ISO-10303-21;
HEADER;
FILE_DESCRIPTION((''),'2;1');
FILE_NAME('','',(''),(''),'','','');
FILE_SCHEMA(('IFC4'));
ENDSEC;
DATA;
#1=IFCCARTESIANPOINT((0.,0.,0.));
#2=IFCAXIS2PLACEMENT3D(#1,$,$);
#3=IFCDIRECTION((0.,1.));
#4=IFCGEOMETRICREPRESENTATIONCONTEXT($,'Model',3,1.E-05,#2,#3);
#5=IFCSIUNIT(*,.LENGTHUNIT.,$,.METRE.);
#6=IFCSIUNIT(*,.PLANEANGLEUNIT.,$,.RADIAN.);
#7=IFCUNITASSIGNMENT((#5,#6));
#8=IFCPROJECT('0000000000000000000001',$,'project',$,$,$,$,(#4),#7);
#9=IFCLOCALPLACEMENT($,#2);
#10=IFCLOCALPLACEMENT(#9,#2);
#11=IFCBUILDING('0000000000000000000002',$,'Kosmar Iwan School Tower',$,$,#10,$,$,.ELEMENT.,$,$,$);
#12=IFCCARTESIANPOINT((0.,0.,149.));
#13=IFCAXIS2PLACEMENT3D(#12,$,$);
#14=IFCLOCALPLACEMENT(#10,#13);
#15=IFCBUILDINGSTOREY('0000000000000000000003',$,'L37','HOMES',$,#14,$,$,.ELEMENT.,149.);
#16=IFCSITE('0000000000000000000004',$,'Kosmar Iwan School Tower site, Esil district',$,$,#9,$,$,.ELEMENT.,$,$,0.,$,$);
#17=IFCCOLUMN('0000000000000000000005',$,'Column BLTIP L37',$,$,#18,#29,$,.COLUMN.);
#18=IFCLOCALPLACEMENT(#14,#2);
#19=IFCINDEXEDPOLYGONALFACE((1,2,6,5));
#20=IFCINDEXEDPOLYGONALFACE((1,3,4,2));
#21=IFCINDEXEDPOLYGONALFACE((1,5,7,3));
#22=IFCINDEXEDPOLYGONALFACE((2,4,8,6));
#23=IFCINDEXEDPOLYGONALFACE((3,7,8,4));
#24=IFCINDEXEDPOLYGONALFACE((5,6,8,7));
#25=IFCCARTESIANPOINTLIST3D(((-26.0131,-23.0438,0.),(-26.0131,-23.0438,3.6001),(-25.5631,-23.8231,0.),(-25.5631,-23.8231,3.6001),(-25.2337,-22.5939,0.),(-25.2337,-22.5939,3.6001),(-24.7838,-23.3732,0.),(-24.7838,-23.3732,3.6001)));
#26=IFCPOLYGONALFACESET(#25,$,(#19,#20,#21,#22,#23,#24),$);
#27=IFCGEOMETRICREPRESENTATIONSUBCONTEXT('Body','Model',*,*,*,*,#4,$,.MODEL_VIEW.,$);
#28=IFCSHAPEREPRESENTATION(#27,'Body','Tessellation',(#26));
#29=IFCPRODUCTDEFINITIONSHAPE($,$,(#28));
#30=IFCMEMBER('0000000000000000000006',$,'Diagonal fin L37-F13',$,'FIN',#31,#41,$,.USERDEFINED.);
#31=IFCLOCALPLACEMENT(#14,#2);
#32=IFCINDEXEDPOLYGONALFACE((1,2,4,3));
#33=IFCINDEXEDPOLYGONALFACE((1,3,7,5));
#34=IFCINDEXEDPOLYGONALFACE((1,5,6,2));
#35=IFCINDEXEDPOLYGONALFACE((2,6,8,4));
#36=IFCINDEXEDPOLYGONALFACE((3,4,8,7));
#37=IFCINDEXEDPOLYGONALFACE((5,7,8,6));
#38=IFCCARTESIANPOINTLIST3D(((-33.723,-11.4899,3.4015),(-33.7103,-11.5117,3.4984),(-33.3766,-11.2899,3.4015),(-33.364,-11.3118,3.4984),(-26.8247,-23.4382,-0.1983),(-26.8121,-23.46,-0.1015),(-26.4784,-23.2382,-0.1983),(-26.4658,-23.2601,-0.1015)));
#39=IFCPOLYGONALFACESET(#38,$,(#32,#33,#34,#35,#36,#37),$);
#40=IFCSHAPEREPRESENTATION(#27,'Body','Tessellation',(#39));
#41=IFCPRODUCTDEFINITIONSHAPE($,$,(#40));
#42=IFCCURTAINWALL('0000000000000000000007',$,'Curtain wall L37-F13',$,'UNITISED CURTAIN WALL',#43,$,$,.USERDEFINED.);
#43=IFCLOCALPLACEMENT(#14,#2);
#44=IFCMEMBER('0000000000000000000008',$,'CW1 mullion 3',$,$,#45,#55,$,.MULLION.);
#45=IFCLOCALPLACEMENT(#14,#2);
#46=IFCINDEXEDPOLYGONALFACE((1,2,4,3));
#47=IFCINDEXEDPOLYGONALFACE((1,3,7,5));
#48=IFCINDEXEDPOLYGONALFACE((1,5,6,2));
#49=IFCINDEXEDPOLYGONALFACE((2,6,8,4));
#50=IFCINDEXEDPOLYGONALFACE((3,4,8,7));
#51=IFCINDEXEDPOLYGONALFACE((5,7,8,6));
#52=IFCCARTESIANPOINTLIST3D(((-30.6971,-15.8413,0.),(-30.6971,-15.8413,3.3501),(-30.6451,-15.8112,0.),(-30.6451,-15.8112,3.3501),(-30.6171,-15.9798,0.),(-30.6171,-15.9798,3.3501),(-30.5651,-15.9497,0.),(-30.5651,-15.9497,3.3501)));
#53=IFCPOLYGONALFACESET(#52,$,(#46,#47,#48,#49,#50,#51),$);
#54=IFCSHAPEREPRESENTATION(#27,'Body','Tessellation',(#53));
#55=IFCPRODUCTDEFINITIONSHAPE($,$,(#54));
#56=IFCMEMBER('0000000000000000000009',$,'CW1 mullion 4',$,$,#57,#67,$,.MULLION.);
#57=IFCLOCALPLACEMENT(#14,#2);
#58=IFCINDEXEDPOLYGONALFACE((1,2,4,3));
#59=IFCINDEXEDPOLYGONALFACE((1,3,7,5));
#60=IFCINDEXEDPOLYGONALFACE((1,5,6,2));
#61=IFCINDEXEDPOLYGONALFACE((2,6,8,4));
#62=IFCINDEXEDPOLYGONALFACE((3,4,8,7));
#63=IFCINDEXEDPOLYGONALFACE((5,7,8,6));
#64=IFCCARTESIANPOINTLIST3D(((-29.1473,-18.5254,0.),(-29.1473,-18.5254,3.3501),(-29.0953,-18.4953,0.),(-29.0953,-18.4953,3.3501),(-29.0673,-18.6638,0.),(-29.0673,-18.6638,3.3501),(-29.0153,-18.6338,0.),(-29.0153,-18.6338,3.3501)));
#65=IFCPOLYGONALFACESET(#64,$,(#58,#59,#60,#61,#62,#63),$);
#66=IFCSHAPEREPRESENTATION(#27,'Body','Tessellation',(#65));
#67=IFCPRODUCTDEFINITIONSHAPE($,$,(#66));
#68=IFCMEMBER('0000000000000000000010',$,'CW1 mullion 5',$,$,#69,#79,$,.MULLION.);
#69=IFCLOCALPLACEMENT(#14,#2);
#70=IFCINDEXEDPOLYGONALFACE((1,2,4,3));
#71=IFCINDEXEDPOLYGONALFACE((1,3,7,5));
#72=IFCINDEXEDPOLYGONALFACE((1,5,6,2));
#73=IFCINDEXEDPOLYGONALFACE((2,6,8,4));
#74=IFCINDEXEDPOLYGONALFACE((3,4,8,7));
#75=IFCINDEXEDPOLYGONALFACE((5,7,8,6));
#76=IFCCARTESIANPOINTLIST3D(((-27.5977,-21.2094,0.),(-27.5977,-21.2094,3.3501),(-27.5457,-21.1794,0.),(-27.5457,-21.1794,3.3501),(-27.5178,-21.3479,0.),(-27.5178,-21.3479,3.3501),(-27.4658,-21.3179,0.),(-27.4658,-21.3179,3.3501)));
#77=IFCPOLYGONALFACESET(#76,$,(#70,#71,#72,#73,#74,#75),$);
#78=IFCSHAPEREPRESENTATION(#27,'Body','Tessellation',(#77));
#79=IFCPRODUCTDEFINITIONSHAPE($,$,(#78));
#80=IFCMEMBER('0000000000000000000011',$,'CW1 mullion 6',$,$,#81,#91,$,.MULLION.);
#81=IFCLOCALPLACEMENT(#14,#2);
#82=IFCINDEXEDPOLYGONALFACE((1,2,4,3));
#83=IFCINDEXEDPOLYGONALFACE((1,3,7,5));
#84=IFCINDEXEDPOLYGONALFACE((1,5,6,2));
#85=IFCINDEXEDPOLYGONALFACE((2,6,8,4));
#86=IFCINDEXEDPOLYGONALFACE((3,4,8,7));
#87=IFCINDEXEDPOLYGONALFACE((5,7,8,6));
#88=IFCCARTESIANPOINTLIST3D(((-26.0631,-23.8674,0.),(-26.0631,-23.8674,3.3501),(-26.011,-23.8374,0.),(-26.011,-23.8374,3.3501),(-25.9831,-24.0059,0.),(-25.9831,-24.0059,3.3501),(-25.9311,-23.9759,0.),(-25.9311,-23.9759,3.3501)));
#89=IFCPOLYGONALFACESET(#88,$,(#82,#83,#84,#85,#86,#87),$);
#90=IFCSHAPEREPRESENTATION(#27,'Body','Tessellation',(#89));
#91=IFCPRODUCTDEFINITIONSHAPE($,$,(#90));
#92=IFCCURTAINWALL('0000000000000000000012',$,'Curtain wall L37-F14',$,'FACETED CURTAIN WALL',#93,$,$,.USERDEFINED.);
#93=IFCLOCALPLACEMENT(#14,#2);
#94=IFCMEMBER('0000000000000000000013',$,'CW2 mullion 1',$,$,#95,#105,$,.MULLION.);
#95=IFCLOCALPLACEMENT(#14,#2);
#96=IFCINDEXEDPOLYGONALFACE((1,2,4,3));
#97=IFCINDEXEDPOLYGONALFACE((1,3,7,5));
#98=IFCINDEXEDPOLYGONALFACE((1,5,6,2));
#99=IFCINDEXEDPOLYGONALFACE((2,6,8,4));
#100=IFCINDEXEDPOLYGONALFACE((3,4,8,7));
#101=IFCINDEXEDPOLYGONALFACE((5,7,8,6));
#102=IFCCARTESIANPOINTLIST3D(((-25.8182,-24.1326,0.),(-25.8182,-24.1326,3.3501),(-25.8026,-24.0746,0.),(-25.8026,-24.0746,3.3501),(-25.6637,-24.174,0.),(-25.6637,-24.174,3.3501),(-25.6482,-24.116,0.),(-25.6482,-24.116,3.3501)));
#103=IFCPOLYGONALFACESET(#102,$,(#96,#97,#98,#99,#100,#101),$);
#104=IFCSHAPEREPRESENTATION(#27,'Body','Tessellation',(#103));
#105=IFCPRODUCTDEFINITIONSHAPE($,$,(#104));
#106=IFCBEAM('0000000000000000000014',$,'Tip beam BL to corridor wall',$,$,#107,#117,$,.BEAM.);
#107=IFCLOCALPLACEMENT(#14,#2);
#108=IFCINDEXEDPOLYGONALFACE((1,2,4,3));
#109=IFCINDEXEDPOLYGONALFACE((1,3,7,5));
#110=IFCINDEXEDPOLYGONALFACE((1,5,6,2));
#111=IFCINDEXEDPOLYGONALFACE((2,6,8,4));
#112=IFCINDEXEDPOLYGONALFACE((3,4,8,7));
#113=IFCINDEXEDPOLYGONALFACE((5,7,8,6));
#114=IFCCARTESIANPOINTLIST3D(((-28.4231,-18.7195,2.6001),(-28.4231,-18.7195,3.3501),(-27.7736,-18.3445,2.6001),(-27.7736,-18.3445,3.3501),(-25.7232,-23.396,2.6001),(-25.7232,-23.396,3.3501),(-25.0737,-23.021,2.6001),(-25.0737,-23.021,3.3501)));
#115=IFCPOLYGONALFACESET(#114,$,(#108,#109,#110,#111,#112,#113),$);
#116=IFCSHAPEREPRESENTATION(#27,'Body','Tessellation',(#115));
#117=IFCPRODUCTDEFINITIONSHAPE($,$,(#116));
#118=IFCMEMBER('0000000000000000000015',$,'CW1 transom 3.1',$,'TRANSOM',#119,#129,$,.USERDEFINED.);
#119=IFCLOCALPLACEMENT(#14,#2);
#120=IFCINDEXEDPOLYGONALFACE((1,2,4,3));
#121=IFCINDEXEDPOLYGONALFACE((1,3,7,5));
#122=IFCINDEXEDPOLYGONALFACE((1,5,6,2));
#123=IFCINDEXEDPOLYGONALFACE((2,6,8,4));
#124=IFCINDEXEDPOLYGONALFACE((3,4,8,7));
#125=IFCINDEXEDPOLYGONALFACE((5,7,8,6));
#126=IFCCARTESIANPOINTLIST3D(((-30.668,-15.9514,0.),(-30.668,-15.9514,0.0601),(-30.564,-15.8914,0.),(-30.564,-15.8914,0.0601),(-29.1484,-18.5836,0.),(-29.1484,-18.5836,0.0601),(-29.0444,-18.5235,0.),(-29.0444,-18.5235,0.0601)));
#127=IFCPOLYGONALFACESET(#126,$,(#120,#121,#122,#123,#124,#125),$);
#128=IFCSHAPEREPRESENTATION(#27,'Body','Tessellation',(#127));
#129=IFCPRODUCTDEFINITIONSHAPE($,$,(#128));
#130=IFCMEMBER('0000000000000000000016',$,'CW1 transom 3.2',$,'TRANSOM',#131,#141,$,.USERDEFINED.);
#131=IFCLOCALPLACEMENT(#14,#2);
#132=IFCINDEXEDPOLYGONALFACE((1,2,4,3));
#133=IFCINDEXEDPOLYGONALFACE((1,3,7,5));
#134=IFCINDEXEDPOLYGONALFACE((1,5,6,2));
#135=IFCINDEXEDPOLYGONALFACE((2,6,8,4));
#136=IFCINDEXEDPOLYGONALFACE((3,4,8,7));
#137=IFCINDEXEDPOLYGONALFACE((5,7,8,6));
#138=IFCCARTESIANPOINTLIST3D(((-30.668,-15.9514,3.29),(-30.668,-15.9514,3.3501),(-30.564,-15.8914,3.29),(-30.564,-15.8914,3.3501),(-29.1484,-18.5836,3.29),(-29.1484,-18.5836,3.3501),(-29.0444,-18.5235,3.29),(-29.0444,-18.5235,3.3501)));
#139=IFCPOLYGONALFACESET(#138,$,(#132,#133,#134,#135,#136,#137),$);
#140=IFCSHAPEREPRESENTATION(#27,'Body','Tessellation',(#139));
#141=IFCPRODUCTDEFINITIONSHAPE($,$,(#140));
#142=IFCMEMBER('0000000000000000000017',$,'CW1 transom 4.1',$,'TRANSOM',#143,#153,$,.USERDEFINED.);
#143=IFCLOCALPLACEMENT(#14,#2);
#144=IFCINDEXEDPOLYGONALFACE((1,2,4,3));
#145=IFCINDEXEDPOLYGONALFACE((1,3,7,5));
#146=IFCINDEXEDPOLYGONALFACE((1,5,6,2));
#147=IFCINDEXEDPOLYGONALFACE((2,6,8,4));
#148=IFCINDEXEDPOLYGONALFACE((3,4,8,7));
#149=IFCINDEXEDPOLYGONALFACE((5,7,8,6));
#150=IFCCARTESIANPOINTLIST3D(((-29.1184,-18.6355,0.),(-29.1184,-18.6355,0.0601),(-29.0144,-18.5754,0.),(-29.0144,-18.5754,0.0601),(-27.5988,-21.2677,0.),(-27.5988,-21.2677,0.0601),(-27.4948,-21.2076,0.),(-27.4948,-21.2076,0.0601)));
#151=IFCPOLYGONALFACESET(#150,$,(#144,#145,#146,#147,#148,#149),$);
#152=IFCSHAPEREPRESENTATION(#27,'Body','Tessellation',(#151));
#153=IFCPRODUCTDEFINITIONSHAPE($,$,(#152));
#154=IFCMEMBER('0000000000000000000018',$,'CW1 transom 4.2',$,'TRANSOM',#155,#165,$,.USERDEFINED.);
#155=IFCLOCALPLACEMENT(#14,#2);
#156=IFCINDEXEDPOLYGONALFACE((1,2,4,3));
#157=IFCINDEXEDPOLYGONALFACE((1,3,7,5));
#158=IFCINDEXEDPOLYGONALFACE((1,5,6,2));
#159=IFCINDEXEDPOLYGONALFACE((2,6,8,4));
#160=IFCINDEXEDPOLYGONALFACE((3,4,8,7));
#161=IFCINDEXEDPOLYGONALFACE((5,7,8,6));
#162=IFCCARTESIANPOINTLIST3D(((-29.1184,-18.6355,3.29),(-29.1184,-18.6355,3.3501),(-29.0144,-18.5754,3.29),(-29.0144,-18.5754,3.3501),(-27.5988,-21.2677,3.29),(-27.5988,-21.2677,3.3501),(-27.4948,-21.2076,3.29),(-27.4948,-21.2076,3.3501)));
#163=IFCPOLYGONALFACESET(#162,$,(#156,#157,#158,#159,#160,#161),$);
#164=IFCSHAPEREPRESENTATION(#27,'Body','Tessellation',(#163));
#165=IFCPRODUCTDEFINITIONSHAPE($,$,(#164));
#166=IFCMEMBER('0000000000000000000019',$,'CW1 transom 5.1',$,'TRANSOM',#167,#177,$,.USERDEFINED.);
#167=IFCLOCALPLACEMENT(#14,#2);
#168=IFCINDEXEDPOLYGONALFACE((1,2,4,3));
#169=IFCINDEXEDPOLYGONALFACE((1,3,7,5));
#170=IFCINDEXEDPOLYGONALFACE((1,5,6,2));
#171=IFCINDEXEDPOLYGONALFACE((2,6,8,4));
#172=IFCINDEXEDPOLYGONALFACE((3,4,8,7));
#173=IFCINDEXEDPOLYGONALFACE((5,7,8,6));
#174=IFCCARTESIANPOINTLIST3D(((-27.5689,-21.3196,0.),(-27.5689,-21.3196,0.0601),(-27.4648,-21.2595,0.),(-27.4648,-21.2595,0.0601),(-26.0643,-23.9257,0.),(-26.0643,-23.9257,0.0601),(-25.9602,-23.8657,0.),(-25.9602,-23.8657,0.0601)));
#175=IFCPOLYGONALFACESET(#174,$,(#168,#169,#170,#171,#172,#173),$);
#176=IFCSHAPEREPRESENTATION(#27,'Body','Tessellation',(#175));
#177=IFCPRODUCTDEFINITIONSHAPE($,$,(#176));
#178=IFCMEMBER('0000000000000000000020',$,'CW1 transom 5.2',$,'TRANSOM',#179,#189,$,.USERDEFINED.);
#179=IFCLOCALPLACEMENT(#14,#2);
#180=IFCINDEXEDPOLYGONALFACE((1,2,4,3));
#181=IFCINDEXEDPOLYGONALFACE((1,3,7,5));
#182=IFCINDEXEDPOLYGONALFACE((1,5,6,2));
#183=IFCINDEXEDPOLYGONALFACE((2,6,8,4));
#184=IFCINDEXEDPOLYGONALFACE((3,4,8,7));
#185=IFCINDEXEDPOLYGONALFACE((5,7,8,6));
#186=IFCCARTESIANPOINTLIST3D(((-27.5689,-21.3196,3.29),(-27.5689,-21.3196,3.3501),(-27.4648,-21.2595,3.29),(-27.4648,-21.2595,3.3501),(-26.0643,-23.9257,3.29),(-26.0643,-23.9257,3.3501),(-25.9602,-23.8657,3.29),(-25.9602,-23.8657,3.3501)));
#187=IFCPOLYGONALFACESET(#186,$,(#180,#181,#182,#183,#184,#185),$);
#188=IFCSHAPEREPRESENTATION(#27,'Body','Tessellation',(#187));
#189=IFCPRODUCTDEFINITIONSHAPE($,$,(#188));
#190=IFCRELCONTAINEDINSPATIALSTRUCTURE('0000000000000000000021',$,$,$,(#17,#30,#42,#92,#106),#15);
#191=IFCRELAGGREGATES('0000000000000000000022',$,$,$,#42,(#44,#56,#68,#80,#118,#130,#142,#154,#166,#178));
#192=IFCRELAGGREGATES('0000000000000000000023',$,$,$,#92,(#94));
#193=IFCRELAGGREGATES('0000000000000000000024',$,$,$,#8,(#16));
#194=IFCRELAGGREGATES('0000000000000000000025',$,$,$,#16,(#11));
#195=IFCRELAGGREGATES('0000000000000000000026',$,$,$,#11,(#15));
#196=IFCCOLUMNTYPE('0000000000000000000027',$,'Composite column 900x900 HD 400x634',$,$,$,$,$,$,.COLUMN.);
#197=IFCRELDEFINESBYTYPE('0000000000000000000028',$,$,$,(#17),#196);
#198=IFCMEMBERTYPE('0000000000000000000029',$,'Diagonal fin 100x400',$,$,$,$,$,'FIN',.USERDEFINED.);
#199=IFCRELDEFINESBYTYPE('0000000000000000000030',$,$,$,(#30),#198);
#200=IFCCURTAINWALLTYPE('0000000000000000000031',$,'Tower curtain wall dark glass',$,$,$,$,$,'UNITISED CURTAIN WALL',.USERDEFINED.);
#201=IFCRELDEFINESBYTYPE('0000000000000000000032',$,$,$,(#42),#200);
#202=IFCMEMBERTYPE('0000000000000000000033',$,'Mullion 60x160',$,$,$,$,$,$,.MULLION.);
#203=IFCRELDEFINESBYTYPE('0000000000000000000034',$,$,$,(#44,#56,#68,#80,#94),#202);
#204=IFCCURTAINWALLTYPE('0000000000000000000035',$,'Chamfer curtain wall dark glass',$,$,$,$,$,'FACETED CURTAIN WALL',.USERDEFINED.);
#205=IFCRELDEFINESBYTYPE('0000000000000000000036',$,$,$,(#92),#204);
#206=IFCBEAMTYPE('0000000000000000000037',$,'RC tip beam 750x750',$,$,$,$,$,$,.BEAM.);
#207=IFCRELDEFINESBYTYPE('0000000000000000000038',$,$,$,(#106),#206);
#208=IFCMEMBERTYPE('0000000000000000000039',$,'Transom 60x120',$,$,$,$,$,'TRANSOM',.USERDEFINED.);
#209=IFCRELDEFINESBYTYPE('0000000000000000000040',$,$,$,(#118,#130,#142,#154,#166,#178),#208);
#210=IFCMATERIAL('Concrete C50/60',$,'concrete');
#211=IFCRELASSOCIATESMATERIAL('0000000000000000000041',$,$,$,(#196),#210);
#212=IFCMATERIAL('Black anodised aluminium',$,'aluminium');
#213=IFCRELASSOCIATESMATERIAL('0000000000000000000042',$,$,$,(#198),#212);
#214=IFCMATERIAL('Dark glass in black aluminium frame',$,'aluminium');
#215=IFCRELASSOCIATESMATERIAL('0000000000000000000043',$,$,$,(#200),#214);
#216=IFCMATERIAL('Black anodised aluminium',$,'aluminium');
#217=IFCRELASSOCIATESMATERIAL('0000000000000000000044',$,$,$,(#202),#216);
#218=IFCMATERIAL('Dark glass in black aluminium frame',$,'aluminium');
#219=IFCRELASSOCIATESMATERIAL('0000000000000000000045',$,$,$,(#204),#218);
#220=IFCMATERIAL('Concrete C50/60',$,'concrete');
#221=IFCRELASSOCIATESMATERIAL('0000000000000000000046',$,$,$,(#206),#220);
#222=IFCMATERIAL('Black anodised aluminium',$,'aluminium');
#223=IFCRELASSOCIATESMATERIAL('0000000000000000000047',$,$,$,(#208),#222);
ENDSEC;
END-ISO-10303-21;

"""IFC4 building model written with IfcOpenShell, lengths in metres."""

from ifc_helpers import new_model, si_unit, direction, frame, origin, origin_2d, place, context, subcontext, project, spatial, rectangle, extrude, material, material_profile, profile_set, type_object, element, aggregate, save


model = new_model("IFC4")

# Units and contexts
model_context = context("Model", 3, precision=1e-05, world=origin(), true_north=direction((0.0, 1.0)))
body_context = subcontext(model_context, "Body", "Model", "MODEL_VIEW")
ifc_project = project(units=[si_unit("LENGTHUNIT", "METRE"), si_unit("PLANEANGLEUNIT", "RADIAN")], contexts=[model_context])

# Site, building, storey
site_placement = place(None, origin())
site = spatial("IfcSite", under=ifc_project, at=site_placement, Name="Kosmar Iwan School Tower site, Esil district", CompositionType="ELEMENT", RefElevation=0.0)
building_placement = place(site_placement, origin())
building = spatial("IfcBuilding", under=site, at=building_placement, Name="Kosmar Iwan School Tower", CompositionType="ELEMENT")
storey_placement = place(building_placement, frame((0.0, 0.0, 149.0)))
storey = spatial("IfcBuildingStorey", under=building, at=storey_placement, Name="L37", Description="HOMES", CompositionType="ELEMENT", Elevation=149.0)

# Column
ifc_material_1 = material(Name="Concrete C50/60", Category="concrete")
ifc_material_profile_1 = material_profile(ifc_material_1, rectangle(XDim=0.8999, YDim=0.8999, at=origin_2d()), Name="RC 900x900 + HD 400x634")
ifc_profile_set_1 = profile_set([ifc_material_profile_1], Name="Concrete C50/60")
column_type = type_object("IfcColumnType", Name="Composite column 900x900 HD 400x634", PredefinedType="COLUMN", material=ifc_profile_set_1)
column_placement = place(storey_placement, frame((-25.3984, -23.2085, 0.0), z_axis=(0.0, 0.0, 1.0), x_axis=(-0.866025, -0.5, 0.0)))
element("IfcColumn", 1, at=column_placement, inside=storey, type_object=column_type, Name="Column BLTIP L37", PredefinedType="COLUMN", context=body_context, shape_type="SweptSolid", body=[
    extrude(rectangle(XDim=0.8999, YDim=0.8999, at=origin_2d()), origin(), (0.0, 0.0, 1.0), 3.6001),
])

# Member
ifc_material_2 = material(Name="Black anodised aluminium", Category="aluminium")
ifc_material_profile_2 = material_profile(ifc_material_2, rectangle(XDim=0.1001, YDim=0.3999, at=origin_2d()), Name="FIN 100x400")
ifc_profile_set_2 = profile_set([ifc_material_profile_2], Name="Black anodised aluminium")
member_type_1 = type_object("IfcMemberType", Name="Diagonal fin 100x400", ElementType="FIN", PredefinedType="USERDEFINED", material=ifc_profile_set_2)
member_1_placement = place(storey_placement, frame((-26.6453, -23.3491, -0.1499), z_axis=(-0.483796, 0.837974, 0.252471), x_axis=(0.126234, -0.218647, 0.967604)))
element("IfcMember", 2, at=member_1_placement, inside=storey, type_object=member_type_1, Name="Diagonal fin L37-F13", ObjectType="FIN", PredefinedType="USERDEFINED", context=body_context, shape_type="SweptSolid", body=[
    extrude(rectangle(XDim=0.1001, YDim=0.3999, at=origin_2d()), origin(), (0.0, 0.0, 1.0), 14.2585),
])

# Curtain wall, members
ifc_material_3 = material(Name="Dark glass in black aluminium frame", Category="aluminium")
curtain_wall_type_1 = type_object("IfcCurtainWallType", Name="Tower curtain wall dark glass", ElementType="UNITISED CURTAIN WALL", PredefinedType="USERDEFINED", material=ifc_material_3)
curtain_wall_1_placement = place(storey_placement, origin())
curtain_wall_1 = element("IfcCurtainWall", 3, at=curtain_wall_1_placement, inside=storey, type_object=curtain_wall_type_1, Name="Curtain wall L37-F13", ObjectType="UNITISED CURTAIN WALL", PredefinedType="USERDEFINED")
ifc_material_4 = material(Name="Black anodised aluminium", Category="aluminium")
ifc_material_profile_3 = material_profile(ifc_material_4, rectangle(XDim=0.0601, YDim=0.1599, at=origin_2d()), Name="MULLION 60x160")
ifc_profile_set_3 = profile_set([ifc_material_profile_3], Name="Black anodised aluminium")
member_type_2 = type_object("IfcMemberType", Name="Mullion 60x160", PredefinedType="MULLION", material=ifc_profile_set_3)
member_2_placement = place(storey_placement, frame((-30.6311, -15.8955, 0.0), z_axis=(0.0, 0.0, 1.0), x_axis=(0.866025, 0.5, 0.0)))
member_2 = element("IfcMember", 4, at=member_2_placement, type_object=member_type_2, Name="CW1 mullion 3", PredefinedType="MULLION", context=body_context, shape_type="SweptSolid", body=[
    extrude(rectangle(XDim=0.0601, YDim=0.1599, at=origin_2d()), origin(), (0.0, 0.0, 1.0), 3.3501),
])
member_3_placement = place(storey_placement, frame((-29.0813, -18.5796, 0.0), z_axis=(0.0, 0.0, 1.0), x_axis=(0.866025, 0.5, 0.0)))
member_3 = element("IfcMember", 5, at=member_3_placement, type_object=member_type_2, Name="CW1 mullion 4", PredefinedType="MULLION", context=body_context, shape_type="SweptSolid", body=[
    extrude(rectangle(XDim=0.0601, YDim=0.1599, at=origin_2d()), origin(), (0.0, 0.0, 1.0), 3.3501),
])
member_4_placement = place(storey_placement, frame((-27.5317, -21.2637, 0.0), z_axis=(0.0, 0.0, 1.0), x_axis=(0.866025, 0.5, 0.0)))
member_4 = element("IfcMember", 6, at=member_4_placement, type_object=member_type_2, Name="CW1 mullion 5", PredefinedType="MULLION", context=body_context, shape_type="SweptSolid", body=[
    extrude(rectangle(XDim=0.0601, YDim=0.1599, at=origin_2d()), origin(), (0.0, 0.0, 1.0), 3.3501),
])
member_5_placement = place(storey_placement, frame((-25.9971, -23.9216, 0.0), z_axis=(0.0, 0.0, 1.0), x_axis=(0.866025, 0.5, 0.0)))
member_5 = element("IfcMember", 7, at=member_5_placement, type_object=member_type_2, Name="CW1 mullion 6", PredefinedType="MULLION", context=body_context, shape_type="SweptSolid", body=[
    extrude(rectangle(XDim=0.0601, YDim=0.1599, at=origin_2d()), origin(), (0.0, 0.0, 1.0), 3.3501),
])

# Curtain wall, member
ifc_material_5 = material(Name="Dark glass in black aluminium frame", Category="aluminium")
curtain_wall_type_2 = type_object("IfcCurtainWallType", Name="Chamfer curtain wall dark glass", ElementType="FACETED CURTAIN WALL", PredefinedType="USERDEFINED", material=ifc_material_5)
curtain_wall_2_placement = place(storey_placement, origin())
curtain_wall_2 = element("IfcCurtainWall", 8, at=curtain_wall_2_placement, inside=storey, type_object=curtain_wall_type_2, Name="Curtain wall L37-F14", ObjectType="FACETED CURTAIN WALL", PredefinedType="USERDEFINED")
member_6_placement = place(storey_placement, frame((-25.7332, -24.1243, 0.0), z_axis=(0.0, 0.0, 1.0), x_axis=(0.258819, 0.965926, 0.0)))
member_6 = element("IfcMember", 9, at=member_6_placement, type_object=member_type_2, Name="CW2 mullion 1", PredefinedType="MULLION", context=body_context, shape_type="SweptSolid", body=[
    extrude(rectangle(XDim=0.0601, YDim=0.1599, at=origin_2d()), origin(), (0.0, 0.0, 1.0), 3.3501),
])

# Beam
ifc_material_6 = material(Name="Concrete C50/60", Category="concrete")
ifc_material_profile_4 = material_profile(ifc_material_6, rectangle(XDim=0.75, YDim=0.75, at=origin_2d()), Name="RC 750x750")
ifc_profile_set_4 = profile_set([ifc_material_profile_4], Name="Concrete C50/60")
beam_type = type_object("IfcBeamType", Name="RC tip beam 750x750", PredefinedType="BEAM", material=ifc_profile_set_4)
beam_placement = place(storey_placement, frame((-25.3984, -23.2085, 2.9751), z_axis=(-0.499995, 0.866028, 0.0), x_axis=(-0.866028, -0.499995, 0.0)))
element("IfcBeam", 10, at=beam_placement, inside=storey, type_object=beam_type, Name="Tip beam BL to corridor wall", PredefinedType="BEAM", context=body_context, shape_type="SweptSolid", body=[
    extrude(rectangle(XDim=0.75, YDim=0.75, at=origin_2d()), origin(), (0.0, 0.0, 1.0), 5.3999),
])

# Members
ifc_material_7 = material(Name="Black anodised aluminium", Category="aluminium")
ifc_material_profile_5 = material_profile(ifc_material_7, rectangle(XDim=0.1201, YDim=0.0601, at=origin_2d()), Name="TRANSOM 60x120")
ifc_profile_set_5 = profile_set([ifc_material_profile_5], Name="Black anodised aluminium")
member_type_3 = type_object("IfcMemberType", Name="Transom 60x120", ElementType="TRANSOM", PredefinedType="USERDEFINED", material=ifc_profile_set_5)
member_7_placement = place(storey_placement, frame((-30.616, -15.9214, 0.03), z_axis=(0.499975, -0.86604, 0.0), x_axis=(0.86604, 0.499975, 0.0)))
member_7 = element("IfcMember", 11, at=member_7_placement, type_object=member_type_3, Name="CW1 transom 3.1", ObjectType="TRANSOM", PredefinedType="USERDEFINED", context=body_context, shape_type="SweptSolid", body=[
    extrude(rectangle(XDim=0.1201, YDim=0.0601, at=origin_2d()), origin(), (0.0, 0.0, 1.0), 3.0393),
])
member_8_placement = place(storey_placement, frame((-30.616, -15.9214, 3.3201), z_axis=(0.499975, -0.86604, 0.0), x_axis=(0.86604, 0.499975, 0.0)))
member_8 = element("IfcMember", 12, at=member_8_placement, type_object=member_type_3, Name="CW1 transom 3.2", ObjectType="TRANSOM", PredefinedType="USERDEFINED", context=body_context, shape_type="SweptSolid", body=[
    extrude(rectangle(XDim=0.1201, YDim=0.0601, at=origin_2d()), origin(), (0.0, 0.0, 1.0), 3.0393),
])
member_9_placement = place(storey_placement, frame((-29.0664, -18.6055, 0.03), z_axis=(0.499975, -0.86604, 0.0), x_axis=(0.86604, 0.499975, 0.0)))
member_9 = element("IfcMember", 13, at=member_9_placement, type_object=member_type_3, Name="CW1 transom 4.1", ObjectType="TRANSOM", PredefinedType="USERDEFINED", context=body_context, shape_type="SweptSolid", body=[
    extrude(rectangle(XDim=0.1201, YDim=0.0601, at=origin_2d()), origin(), (0.0, 0.0, 1.0), 3.0393),
])
member_10_placement = place(storey_placement, frame((-29.0664, -18.6055, 3.3201), z_axis=(0.499975, -0.86604, 0.0), x_axis=(0.86604, 0.499975, 0.0)))
member_10 = element("IfcMember", 14, at=member_10_placement, type_object=member_type_3, Name="CW1 transom 4.2", ObjectType="TRANSOM", PredefinedType="USERDEFINED", context=body_context, shape_type="SweptSolid", body=[
    extrude(rectangle(XDim=0.1201, YDim=0.0601, at=origin_2d()), origin(), (0.0, 0.0, 1.0), 3.0393),
])
member_11_placement = place(storey_placement, frame((-27.5168, -21.2896, 0.03), z_axis=(0.499987, -0.866033, 0.0), x_axis=(0.866033, 0.499987, 0.0)))
member_11 = element("IfcMember", 15, at=member_11_placement, type_object=member_type_3, Name="CW1 transom 5.1", ObjectType="TRANSOM", PredefinedType="USERDEFINED", context=body_context, shape_type="SweptSolid", body=[
    extrude(rectangle(XDim=0.1201, YDim=0.0601, at=origin_2d()), origin(), (0.0, 0.0, 1.0), 3.0093),
])
member_12_placement = place(storey_placement, frame((-27.5168, -21.2896, 3.3201), z_axis=(0.499987, -0.866033, 0.0), x_axis=(0.866033, 0.499987, 0.0)))
member_12 = element("IfcMember", 16, at=member_12_placement, type_object=member_type_3, Name="CW1 transom 5.2", ObjectType="TRANSOM", PredefinedType="USERDEFINED", context=body_context, shape_type="SweptSolid", body=[
    extrude(rectangle(XDim=0.1201, YDim=0.0601, at=origin_2d()), origin(), (0.0, 0.0, 1.0), 3.0093),
])

aggregate(curtain_wall_1, [member_2, member_3, member_4, member_5, member_7, member_8, member_9, member_10, member_11, member_12])
aggregate(curtain_wall_2, [member_6])

save(model, "model.ifc")
